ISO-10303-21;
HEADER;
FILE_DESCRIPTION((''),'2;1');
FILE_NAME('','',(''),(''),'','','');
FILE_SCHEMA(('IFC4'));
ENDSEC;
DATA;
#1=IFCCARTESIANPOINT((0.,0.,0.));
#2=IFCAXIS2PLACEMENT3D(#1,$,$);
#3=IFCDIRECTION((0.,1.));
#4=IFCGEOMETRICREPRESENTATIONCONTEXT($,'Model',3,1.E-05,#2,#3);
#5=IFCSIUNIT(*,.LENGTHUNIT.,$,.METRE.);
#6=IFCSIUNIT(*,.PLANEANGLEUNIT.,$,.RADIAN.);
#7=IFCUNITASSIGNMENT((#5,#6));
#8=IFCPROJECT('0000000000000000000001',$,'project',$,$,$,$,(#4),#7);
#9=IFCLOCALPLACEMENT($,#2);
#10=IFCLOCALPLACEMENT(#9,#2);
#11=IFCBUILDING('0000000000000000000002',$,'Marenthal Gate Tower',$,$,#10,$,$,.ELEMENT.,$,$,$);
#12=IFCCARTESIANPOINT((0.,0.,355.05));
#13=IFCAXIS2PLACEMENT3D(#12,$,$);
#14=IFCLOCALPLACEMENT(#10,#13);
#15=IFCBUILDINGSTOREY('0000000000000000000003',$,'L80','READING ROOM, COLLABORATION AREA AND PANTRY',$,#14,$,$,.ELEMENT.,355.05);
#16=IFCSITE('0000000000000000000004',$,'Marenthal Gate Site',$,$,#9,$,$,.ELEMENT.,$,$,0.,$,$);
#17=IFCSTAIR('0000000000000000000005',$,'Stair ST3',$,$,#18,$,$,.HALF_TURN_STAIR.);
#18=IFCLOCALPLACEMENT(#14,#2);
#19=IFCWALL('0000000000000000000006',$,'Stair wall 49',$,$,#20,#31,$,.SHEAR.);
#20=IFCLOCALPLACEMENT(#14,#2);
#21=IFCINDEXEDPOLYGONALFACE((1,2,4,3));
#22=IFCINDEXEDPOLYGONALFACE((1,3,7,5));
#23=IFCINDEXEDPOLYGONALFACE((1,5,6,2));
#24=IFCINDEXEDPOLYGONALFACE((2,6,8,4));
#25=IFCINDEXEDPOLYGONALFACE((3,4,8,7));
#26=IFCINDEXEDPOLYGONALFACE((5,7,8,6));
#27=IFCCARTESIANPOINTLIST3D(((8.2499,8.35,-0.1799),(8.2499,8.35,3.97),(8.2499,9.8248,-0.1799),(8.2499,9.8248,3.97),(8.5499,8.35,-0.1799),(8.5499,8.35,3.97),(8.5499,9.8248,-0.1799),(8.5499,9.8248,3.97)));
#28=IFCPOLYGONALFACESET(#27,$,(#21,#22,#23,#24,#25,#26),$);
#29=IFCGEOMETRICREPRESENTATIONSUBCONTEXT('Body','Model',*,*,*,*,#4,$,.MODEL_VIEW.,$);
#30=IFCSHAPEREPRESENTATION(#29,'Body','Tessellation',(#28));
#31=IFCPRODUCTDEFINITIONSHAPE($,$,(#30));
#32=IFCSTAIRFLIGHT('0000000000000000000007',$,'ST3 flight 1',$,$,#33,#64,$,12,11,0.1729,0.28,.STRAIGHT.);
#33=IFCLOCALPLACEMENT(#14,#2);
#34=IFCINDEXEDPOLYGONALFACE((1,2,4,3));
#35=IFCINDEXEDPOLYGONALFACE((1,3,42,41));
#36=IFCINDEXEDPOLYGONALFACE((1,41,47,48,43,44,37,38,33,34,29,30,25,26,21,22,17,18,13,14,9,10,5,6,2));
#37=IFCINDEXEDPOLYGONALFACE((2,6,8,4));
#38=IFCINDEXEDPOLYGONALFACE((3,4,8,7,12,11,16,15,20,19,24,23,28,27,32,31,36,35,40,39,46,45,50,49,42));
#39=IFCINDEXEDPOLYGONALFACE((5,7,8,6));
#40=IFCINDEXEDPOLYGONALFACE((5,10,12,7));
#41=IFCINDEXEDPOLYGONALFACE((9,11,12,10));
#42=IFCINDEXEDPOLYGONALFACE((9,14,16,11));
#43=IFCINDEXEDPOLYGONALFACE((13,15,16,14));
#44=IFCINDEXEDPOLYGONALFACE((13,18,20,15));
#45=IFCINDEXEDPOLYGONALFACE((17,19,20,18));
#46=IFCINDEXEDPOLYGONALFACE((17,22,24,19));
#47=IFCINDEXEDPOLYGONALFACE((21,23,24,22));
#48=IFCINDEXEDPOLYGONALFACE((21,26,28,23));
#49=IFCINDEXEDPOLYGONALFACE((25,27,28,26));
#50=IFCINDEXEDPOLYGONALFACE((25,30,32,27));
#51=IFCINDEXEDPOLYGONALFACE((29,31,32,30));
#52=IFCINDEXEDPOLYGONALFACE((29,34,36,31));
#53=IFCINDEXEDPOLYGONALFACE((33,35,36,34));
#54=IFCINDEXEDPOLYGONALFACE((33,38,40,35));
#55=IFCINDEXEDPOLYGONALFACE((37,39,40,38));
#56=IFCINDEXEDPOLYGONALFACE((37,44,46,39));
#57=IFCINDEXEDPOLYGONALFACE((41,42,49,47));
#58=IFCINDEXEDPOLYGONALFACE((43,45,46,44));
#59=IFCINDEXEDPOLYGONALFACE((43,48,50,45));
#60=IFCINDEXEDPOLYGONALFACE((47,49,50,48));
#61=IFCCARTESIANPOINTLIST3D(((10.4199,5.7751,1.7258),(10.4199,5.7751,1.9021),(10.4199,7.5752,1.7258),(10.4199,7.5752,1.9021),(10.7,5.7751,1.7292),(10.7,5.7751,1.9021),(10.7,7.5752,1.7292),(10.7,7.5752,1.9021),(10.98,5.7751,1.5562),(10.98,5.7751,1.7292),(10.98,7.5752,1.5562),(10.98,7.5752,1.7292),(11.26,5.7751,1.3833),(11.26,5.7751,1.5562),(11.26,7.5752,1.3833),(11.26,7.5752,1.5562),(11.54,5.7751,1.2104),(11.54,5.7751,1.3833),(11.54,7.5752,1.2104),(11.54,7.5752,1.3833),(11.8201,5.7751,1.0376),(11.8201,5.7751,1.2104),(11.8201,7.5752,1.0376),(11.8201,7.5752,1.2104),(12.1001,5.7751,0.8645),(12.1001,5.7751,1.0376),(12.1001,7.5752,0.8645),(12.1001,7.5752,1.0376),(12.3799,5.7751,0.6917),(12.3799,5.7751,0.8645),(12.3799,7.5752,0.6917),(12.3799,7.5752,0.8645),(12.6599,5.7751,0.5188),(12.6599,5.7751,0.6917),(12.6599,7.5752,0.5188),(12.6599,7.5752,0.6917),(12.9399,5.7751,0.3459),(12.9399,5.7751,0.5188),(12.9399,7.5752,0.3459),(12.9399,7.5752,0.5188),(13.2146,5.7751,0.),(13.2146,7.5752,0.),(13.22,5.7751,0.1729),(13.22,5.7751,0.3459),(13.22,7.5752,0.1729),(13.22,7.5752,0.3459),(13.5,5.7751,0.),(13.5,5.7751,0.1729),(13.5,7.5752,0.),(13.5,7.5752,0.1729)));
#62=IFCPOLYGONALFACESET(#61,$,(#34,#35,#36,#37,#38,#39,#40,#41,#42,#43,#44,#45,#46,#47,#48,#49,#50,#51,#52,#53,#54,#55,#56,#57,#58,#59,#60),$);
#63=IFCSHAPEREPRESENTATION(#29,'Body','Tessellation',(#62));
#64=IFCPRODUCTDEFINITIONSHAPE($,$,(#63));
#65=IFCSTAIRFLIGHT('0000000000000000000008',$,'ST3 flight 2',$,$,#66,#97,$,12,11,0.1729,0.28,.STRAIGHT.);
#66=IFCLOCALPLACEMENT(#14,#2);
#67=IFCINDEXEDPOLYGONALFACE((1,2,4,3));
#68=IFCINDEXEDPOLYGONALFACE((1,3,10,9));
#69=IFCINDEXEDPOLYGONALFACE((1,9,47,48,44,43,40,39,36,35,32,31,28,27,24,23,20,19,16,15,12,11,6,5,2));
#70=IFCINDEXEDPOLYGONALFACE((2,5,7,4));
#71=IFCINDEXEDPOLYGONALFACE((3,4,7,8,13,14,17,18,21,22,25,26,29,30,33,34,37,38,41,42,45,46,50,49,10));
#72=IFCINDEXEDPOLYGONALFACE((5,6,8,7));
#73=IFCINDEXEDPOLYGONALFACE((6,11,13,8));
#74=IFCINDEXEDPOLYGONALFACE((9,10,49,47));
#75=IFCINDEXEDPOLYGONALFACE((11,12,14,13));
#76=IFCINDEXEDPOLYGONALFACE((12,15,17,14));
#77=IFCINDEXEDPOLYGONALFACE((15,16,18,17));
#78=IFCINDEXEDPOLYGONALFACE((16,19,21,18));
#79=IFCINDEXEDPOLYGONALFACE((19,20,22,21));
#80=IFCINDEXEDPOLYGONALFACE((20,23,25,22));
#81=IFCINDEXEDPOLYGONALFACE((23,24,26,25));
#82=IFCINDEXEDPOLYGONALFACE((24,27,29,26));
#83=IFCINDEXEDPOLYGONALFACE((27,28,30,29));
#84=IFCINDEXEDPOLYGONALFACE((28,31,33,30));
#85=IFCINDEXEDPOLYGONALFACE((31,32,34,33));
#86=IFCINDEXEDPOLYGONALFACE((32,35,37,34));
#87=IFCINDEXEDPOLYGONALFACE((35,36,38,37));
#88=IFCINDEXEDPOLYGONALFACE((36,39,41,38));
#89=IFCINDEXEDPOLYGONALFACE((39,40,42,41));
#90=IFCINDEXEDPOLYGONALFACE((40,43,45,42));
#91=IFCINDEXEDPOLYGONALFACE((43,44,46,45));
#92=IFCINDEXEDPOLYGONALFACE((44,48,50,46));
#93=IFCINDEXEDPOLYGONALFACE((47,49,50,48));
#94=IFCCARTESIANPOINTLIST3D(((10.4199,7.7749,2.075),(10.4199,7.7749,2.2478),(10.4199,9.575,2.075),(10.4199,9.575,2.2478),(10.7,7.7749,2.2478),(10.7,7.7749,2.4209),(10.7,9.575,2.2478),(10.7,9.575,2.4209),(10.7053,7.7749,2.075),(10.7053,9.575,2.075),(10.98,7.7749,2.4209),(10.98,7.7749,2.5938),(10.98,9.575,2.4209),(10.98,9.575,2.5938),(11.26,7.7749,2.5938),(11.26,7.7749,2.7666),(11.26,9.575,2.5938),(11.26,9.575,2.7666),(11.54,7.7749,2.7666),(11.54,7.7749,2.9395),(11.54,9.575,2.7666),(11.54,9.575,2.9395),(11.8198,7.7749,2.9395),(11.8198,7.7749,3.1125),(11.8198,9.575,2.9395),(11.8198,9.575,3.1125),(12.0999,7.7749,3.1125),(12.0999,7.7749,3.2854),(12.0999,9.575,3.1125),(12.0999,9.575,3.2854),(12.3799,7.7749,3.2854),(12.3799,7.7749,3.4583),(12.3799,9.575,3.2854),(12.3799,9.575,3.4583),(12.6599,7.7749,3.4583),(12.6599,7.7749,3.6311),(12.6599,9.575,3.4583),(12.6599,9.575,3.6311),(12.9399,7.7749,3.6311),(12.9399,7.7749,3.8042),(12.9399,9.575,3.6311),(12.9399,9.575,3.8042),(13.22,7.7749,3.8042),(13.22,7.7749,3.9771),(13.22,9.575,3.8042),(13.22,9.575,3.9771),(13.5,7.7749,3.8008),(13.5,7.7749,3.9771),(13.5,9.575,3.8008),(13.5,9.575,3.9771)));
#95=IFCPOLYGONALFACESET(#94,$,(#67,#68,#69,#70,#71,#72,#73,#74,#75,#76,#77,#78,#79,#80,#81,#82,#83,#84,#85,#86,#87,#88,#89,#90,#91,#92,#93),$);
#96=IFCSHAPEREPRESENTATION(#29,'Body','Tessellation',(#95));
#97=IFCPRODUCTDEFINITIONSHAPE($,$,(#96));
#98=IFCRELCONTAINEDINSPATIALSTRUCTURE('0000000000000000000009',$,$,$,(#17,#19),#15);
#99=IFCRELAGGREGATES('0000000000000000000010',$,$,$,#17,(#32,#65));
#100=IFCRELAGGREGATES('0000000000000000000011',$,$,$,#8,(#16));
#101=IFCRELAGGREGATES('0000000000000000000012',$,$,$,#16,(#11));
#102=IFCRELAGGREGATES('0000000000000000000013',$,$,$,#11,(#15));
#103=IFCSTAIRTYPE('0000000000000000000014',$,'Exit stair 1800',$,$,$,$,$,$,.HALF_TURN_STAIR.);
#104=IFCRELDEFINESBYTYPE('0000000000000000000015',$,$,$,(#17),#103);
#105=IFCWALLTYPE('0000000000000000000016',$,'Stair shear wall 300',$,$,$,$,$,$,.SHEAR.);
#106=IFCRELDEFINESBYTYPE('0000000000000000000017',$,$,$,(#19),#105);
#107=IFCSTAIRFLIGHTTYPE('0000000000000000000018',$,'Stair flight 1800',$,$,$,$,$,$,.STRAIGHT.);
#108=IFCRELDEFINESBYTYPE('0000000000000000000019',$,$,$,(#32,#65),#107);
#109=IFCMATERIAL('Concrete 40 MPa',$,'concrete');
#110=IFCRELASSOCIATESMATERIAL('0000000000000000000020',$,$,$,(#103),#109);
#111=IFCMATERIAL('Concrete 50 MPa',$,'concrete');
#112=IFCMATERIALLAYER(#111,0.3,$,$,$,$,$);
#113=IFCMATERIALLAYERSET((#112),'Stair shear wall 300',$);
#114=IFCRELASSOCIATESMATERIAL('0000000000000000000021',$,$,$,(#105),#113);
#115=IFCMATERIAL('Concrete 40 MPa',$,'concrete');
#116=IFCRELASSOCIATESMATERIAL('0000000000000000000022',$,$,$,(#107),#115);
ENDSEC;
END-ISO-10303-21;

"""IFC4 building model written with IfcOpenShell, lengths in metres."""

from ifc_helpers import new_model, si_unit, direction, frame, frame_2d, origin, place, context, subcontext, project, spatial, polyline, rectangle, outline, extrude, material, layer, layer_set, type_object, element, aggregate, save


model = new_model("IFC4")

# Units and contexts
model_context = context("Model", 3, precision=1e-05, world=origin(), true_north=direction((0.0, 1.0)))
body_context = subcontext(model_context, "Body", "Model", "MODEL_VIEW")
ifc_project = project(units=[si_unit("LENGTHUNIT", "METRE"), si_unit("PLANEANGLEUNIT", "RADIAN")], contexts=[model_context])

# Site, building, storey
site_placement = place(None, origin())
site = spatial("IfcSite", under=ifc_project, at=site_placement, Name="Marenthal Gate Site", CompositionType="ELEMENT", RefElevation=0.0)
building_placement = place(site_placement, origin())
building = spatial("IfcBuilding", under=site, at=building_placement, Name="Marenthal Gate Tower", CompositionType="ELEMENT")
storey_placement = place(building_placement, frame((0.0, 0.0, 355.05)))
storey = spatial("IfcBuildingStorey", under=building, at=storey_placement, Name="L80", Description="READING ROOM, COLLABORATION AREA AND PANTRY", CompositionType="ELEMENT", Elevation=355.05)

# Stair
ifc_material_1 = material(Name="Concrete 40 MPa", Category="concrete")
stair_type = type_object("IfcStairType", Name="Exit stair 1800", PredefinedType="HALF_TURN_STAIR", material=ifc_material_1)
stair_placement = place(storey_placement, origin())
stair = element("IfcStair", 1, at=stair_placement, inside=storey, type_object=stair_type, Name="Stair ST3", PredefinedType="HALF_TURN_STAIR")

# Wall
ifc_material_2 = material(Name="Concrete 50 MPa", Category="concrete")
ifc_layer_1 = layer(ifc_material_2, 0.3)
ifc_layer_set_1 = layer_set([ifc_layer_1], Name="Stair shear wall 300")
wall_type_1 = type_object("IfcWallType", Name="Stair shear wall 300", PredefinedType="SHEAR", material=ifc_layer_set_1)
wall_1_placement = place(storey_placement, frame((8.3999, 8.3501, -0.1799), z_axis=(0.0, 0.0, 1.0), x_axis=(0.0, 1.0, 0.0)))
element("IfcWall", 2, at=wall_1_placement, inside=storey, type_object=wall_type_1, Name="Stair wall 49", PredefinedType="SHEAR", context=body_context, shape_type="SweptSolid", body=[
    extrude(rectangle(XDim=1.4749, YDim=0.3, at=frame_2d((0.7373, 0.0))), origin(), (0.0, 0.0, 1.0), 4.1499),
])

# Stair flights
ifc_material_3 = material(Name="Concrete 40 MPa", Category="concrete")
stair_flight_type = type_object("IfcStairFlightType", Name="Stair flight 1800", PredefinedType="STRAIGHT", material=ifc_material_3)
stair_flight_1_placement = place(storey_placement, frame((13.5, 6.675, 0.0), z_axis=(0.0, 0.0, 1.0), x_axis=(-1.0, 0.0, 0.0)))
stair_flight_1 = element("IfcStairFlight", 3, at=stair_flight_1_placement, type_object=stair_flight_type, Name="ST3 flight 1", NumberOfRisers=12, NumberOfTreads=11, PredefinedType="STRAIGHT", RiserHeight=0.1729, TreadLength=0.28, context=body_context, shape_type="SweptSolid", body=[
    extrude(outline(polyline([(0.0, 0.0), (0.0, 0.1729), (0.28, 0.1729), (0.28, 0.3459), (0.5601, 0.3459), (0.5601, 0.5188), (0.8401, 0.5188), (0.8401, 0.6917), (1.1201, 0.6917), (1.1201, 0.8645), (1.3999, 0.8645), (1.3999, 1.0376), (1.6799, 1.0376), (1.6799, 1.2104), (1.96, 1.2104), (1.96, 1.3833), (2.24, 1.3833), (2.24, 1.5562), (2.52, 1.5562), (2.52, 1.7292), (2.8, 1.7292), (2.8, 1.9021), (3.0801, 1.9021), (3.0801, 2.075), (3.0801, 1.7258), (0.2854, 0.0), (0.0, 0.0)])), frame((0.0, 0.8999, 0.0), z_axis=(0.0, -1.0, 0.0), x_axis=(1.0, 0.0, 0.0)), (0.0, 0.0, 1.0), 1.8),
])
stair_flight_2_placement = place(storey_placement, frame((10.4199, 8.675, 2.075), z_axis=(0.0, 0.0, 1.0), x_axis=(1.0, 0.0, 0.0)))
stair_flight_2 = element("IfcStairFlight", 4, at=stair_flight_2_placement, type_object=stair_flight_type, Name="ST3 flight 2", NumberOfRisers=12, NumberOfTreads=11, PredefinedType="STRAIGHT", RiserHeight=0.1729, TreadLength=0.28, context=body_context, shape_type="SweptSolid", body=[
    extrude(outline(polyline([(0.0, 0.0), (0.0, 0.1729), (0.28, 0.1729), (0.28, 0.3459), (0.5601, 0.3459), (0.5601, 0.5188), (0.8401, 0.5188), (0.8401, 0.6917), (1.1201, 0.6917), (1.1201, 0.8645), (1.3999, 0.8645), (1.3999, 1.0376), (1.6799, 1.0376), (1.6799, 1.2104), (1.96, 1.2104), (1.96, 1.3833), (2.24, 1.3833), (2.24, 1.5562), (2.52, 1.5562), (2.52, 1.7292), (2.8, 1.7292), (2.8, 1.9021), (3.0801, 1.9021), (3.0801, 2.075), (3.0801, 1.7258), (0.2854, 0.0), (0.0, 0.0)])), frame((0.0, 0.8999, 0.0), z_axis=(0.0, -1.0, 0.0), x_axis=(1.0, 0.0, 0.0)), (0.0, 0.0, 1.0), 1.8),
])
aggregate(stair, [stair_flight_1, stair_flight_2])

save(model, "model.ifc")
